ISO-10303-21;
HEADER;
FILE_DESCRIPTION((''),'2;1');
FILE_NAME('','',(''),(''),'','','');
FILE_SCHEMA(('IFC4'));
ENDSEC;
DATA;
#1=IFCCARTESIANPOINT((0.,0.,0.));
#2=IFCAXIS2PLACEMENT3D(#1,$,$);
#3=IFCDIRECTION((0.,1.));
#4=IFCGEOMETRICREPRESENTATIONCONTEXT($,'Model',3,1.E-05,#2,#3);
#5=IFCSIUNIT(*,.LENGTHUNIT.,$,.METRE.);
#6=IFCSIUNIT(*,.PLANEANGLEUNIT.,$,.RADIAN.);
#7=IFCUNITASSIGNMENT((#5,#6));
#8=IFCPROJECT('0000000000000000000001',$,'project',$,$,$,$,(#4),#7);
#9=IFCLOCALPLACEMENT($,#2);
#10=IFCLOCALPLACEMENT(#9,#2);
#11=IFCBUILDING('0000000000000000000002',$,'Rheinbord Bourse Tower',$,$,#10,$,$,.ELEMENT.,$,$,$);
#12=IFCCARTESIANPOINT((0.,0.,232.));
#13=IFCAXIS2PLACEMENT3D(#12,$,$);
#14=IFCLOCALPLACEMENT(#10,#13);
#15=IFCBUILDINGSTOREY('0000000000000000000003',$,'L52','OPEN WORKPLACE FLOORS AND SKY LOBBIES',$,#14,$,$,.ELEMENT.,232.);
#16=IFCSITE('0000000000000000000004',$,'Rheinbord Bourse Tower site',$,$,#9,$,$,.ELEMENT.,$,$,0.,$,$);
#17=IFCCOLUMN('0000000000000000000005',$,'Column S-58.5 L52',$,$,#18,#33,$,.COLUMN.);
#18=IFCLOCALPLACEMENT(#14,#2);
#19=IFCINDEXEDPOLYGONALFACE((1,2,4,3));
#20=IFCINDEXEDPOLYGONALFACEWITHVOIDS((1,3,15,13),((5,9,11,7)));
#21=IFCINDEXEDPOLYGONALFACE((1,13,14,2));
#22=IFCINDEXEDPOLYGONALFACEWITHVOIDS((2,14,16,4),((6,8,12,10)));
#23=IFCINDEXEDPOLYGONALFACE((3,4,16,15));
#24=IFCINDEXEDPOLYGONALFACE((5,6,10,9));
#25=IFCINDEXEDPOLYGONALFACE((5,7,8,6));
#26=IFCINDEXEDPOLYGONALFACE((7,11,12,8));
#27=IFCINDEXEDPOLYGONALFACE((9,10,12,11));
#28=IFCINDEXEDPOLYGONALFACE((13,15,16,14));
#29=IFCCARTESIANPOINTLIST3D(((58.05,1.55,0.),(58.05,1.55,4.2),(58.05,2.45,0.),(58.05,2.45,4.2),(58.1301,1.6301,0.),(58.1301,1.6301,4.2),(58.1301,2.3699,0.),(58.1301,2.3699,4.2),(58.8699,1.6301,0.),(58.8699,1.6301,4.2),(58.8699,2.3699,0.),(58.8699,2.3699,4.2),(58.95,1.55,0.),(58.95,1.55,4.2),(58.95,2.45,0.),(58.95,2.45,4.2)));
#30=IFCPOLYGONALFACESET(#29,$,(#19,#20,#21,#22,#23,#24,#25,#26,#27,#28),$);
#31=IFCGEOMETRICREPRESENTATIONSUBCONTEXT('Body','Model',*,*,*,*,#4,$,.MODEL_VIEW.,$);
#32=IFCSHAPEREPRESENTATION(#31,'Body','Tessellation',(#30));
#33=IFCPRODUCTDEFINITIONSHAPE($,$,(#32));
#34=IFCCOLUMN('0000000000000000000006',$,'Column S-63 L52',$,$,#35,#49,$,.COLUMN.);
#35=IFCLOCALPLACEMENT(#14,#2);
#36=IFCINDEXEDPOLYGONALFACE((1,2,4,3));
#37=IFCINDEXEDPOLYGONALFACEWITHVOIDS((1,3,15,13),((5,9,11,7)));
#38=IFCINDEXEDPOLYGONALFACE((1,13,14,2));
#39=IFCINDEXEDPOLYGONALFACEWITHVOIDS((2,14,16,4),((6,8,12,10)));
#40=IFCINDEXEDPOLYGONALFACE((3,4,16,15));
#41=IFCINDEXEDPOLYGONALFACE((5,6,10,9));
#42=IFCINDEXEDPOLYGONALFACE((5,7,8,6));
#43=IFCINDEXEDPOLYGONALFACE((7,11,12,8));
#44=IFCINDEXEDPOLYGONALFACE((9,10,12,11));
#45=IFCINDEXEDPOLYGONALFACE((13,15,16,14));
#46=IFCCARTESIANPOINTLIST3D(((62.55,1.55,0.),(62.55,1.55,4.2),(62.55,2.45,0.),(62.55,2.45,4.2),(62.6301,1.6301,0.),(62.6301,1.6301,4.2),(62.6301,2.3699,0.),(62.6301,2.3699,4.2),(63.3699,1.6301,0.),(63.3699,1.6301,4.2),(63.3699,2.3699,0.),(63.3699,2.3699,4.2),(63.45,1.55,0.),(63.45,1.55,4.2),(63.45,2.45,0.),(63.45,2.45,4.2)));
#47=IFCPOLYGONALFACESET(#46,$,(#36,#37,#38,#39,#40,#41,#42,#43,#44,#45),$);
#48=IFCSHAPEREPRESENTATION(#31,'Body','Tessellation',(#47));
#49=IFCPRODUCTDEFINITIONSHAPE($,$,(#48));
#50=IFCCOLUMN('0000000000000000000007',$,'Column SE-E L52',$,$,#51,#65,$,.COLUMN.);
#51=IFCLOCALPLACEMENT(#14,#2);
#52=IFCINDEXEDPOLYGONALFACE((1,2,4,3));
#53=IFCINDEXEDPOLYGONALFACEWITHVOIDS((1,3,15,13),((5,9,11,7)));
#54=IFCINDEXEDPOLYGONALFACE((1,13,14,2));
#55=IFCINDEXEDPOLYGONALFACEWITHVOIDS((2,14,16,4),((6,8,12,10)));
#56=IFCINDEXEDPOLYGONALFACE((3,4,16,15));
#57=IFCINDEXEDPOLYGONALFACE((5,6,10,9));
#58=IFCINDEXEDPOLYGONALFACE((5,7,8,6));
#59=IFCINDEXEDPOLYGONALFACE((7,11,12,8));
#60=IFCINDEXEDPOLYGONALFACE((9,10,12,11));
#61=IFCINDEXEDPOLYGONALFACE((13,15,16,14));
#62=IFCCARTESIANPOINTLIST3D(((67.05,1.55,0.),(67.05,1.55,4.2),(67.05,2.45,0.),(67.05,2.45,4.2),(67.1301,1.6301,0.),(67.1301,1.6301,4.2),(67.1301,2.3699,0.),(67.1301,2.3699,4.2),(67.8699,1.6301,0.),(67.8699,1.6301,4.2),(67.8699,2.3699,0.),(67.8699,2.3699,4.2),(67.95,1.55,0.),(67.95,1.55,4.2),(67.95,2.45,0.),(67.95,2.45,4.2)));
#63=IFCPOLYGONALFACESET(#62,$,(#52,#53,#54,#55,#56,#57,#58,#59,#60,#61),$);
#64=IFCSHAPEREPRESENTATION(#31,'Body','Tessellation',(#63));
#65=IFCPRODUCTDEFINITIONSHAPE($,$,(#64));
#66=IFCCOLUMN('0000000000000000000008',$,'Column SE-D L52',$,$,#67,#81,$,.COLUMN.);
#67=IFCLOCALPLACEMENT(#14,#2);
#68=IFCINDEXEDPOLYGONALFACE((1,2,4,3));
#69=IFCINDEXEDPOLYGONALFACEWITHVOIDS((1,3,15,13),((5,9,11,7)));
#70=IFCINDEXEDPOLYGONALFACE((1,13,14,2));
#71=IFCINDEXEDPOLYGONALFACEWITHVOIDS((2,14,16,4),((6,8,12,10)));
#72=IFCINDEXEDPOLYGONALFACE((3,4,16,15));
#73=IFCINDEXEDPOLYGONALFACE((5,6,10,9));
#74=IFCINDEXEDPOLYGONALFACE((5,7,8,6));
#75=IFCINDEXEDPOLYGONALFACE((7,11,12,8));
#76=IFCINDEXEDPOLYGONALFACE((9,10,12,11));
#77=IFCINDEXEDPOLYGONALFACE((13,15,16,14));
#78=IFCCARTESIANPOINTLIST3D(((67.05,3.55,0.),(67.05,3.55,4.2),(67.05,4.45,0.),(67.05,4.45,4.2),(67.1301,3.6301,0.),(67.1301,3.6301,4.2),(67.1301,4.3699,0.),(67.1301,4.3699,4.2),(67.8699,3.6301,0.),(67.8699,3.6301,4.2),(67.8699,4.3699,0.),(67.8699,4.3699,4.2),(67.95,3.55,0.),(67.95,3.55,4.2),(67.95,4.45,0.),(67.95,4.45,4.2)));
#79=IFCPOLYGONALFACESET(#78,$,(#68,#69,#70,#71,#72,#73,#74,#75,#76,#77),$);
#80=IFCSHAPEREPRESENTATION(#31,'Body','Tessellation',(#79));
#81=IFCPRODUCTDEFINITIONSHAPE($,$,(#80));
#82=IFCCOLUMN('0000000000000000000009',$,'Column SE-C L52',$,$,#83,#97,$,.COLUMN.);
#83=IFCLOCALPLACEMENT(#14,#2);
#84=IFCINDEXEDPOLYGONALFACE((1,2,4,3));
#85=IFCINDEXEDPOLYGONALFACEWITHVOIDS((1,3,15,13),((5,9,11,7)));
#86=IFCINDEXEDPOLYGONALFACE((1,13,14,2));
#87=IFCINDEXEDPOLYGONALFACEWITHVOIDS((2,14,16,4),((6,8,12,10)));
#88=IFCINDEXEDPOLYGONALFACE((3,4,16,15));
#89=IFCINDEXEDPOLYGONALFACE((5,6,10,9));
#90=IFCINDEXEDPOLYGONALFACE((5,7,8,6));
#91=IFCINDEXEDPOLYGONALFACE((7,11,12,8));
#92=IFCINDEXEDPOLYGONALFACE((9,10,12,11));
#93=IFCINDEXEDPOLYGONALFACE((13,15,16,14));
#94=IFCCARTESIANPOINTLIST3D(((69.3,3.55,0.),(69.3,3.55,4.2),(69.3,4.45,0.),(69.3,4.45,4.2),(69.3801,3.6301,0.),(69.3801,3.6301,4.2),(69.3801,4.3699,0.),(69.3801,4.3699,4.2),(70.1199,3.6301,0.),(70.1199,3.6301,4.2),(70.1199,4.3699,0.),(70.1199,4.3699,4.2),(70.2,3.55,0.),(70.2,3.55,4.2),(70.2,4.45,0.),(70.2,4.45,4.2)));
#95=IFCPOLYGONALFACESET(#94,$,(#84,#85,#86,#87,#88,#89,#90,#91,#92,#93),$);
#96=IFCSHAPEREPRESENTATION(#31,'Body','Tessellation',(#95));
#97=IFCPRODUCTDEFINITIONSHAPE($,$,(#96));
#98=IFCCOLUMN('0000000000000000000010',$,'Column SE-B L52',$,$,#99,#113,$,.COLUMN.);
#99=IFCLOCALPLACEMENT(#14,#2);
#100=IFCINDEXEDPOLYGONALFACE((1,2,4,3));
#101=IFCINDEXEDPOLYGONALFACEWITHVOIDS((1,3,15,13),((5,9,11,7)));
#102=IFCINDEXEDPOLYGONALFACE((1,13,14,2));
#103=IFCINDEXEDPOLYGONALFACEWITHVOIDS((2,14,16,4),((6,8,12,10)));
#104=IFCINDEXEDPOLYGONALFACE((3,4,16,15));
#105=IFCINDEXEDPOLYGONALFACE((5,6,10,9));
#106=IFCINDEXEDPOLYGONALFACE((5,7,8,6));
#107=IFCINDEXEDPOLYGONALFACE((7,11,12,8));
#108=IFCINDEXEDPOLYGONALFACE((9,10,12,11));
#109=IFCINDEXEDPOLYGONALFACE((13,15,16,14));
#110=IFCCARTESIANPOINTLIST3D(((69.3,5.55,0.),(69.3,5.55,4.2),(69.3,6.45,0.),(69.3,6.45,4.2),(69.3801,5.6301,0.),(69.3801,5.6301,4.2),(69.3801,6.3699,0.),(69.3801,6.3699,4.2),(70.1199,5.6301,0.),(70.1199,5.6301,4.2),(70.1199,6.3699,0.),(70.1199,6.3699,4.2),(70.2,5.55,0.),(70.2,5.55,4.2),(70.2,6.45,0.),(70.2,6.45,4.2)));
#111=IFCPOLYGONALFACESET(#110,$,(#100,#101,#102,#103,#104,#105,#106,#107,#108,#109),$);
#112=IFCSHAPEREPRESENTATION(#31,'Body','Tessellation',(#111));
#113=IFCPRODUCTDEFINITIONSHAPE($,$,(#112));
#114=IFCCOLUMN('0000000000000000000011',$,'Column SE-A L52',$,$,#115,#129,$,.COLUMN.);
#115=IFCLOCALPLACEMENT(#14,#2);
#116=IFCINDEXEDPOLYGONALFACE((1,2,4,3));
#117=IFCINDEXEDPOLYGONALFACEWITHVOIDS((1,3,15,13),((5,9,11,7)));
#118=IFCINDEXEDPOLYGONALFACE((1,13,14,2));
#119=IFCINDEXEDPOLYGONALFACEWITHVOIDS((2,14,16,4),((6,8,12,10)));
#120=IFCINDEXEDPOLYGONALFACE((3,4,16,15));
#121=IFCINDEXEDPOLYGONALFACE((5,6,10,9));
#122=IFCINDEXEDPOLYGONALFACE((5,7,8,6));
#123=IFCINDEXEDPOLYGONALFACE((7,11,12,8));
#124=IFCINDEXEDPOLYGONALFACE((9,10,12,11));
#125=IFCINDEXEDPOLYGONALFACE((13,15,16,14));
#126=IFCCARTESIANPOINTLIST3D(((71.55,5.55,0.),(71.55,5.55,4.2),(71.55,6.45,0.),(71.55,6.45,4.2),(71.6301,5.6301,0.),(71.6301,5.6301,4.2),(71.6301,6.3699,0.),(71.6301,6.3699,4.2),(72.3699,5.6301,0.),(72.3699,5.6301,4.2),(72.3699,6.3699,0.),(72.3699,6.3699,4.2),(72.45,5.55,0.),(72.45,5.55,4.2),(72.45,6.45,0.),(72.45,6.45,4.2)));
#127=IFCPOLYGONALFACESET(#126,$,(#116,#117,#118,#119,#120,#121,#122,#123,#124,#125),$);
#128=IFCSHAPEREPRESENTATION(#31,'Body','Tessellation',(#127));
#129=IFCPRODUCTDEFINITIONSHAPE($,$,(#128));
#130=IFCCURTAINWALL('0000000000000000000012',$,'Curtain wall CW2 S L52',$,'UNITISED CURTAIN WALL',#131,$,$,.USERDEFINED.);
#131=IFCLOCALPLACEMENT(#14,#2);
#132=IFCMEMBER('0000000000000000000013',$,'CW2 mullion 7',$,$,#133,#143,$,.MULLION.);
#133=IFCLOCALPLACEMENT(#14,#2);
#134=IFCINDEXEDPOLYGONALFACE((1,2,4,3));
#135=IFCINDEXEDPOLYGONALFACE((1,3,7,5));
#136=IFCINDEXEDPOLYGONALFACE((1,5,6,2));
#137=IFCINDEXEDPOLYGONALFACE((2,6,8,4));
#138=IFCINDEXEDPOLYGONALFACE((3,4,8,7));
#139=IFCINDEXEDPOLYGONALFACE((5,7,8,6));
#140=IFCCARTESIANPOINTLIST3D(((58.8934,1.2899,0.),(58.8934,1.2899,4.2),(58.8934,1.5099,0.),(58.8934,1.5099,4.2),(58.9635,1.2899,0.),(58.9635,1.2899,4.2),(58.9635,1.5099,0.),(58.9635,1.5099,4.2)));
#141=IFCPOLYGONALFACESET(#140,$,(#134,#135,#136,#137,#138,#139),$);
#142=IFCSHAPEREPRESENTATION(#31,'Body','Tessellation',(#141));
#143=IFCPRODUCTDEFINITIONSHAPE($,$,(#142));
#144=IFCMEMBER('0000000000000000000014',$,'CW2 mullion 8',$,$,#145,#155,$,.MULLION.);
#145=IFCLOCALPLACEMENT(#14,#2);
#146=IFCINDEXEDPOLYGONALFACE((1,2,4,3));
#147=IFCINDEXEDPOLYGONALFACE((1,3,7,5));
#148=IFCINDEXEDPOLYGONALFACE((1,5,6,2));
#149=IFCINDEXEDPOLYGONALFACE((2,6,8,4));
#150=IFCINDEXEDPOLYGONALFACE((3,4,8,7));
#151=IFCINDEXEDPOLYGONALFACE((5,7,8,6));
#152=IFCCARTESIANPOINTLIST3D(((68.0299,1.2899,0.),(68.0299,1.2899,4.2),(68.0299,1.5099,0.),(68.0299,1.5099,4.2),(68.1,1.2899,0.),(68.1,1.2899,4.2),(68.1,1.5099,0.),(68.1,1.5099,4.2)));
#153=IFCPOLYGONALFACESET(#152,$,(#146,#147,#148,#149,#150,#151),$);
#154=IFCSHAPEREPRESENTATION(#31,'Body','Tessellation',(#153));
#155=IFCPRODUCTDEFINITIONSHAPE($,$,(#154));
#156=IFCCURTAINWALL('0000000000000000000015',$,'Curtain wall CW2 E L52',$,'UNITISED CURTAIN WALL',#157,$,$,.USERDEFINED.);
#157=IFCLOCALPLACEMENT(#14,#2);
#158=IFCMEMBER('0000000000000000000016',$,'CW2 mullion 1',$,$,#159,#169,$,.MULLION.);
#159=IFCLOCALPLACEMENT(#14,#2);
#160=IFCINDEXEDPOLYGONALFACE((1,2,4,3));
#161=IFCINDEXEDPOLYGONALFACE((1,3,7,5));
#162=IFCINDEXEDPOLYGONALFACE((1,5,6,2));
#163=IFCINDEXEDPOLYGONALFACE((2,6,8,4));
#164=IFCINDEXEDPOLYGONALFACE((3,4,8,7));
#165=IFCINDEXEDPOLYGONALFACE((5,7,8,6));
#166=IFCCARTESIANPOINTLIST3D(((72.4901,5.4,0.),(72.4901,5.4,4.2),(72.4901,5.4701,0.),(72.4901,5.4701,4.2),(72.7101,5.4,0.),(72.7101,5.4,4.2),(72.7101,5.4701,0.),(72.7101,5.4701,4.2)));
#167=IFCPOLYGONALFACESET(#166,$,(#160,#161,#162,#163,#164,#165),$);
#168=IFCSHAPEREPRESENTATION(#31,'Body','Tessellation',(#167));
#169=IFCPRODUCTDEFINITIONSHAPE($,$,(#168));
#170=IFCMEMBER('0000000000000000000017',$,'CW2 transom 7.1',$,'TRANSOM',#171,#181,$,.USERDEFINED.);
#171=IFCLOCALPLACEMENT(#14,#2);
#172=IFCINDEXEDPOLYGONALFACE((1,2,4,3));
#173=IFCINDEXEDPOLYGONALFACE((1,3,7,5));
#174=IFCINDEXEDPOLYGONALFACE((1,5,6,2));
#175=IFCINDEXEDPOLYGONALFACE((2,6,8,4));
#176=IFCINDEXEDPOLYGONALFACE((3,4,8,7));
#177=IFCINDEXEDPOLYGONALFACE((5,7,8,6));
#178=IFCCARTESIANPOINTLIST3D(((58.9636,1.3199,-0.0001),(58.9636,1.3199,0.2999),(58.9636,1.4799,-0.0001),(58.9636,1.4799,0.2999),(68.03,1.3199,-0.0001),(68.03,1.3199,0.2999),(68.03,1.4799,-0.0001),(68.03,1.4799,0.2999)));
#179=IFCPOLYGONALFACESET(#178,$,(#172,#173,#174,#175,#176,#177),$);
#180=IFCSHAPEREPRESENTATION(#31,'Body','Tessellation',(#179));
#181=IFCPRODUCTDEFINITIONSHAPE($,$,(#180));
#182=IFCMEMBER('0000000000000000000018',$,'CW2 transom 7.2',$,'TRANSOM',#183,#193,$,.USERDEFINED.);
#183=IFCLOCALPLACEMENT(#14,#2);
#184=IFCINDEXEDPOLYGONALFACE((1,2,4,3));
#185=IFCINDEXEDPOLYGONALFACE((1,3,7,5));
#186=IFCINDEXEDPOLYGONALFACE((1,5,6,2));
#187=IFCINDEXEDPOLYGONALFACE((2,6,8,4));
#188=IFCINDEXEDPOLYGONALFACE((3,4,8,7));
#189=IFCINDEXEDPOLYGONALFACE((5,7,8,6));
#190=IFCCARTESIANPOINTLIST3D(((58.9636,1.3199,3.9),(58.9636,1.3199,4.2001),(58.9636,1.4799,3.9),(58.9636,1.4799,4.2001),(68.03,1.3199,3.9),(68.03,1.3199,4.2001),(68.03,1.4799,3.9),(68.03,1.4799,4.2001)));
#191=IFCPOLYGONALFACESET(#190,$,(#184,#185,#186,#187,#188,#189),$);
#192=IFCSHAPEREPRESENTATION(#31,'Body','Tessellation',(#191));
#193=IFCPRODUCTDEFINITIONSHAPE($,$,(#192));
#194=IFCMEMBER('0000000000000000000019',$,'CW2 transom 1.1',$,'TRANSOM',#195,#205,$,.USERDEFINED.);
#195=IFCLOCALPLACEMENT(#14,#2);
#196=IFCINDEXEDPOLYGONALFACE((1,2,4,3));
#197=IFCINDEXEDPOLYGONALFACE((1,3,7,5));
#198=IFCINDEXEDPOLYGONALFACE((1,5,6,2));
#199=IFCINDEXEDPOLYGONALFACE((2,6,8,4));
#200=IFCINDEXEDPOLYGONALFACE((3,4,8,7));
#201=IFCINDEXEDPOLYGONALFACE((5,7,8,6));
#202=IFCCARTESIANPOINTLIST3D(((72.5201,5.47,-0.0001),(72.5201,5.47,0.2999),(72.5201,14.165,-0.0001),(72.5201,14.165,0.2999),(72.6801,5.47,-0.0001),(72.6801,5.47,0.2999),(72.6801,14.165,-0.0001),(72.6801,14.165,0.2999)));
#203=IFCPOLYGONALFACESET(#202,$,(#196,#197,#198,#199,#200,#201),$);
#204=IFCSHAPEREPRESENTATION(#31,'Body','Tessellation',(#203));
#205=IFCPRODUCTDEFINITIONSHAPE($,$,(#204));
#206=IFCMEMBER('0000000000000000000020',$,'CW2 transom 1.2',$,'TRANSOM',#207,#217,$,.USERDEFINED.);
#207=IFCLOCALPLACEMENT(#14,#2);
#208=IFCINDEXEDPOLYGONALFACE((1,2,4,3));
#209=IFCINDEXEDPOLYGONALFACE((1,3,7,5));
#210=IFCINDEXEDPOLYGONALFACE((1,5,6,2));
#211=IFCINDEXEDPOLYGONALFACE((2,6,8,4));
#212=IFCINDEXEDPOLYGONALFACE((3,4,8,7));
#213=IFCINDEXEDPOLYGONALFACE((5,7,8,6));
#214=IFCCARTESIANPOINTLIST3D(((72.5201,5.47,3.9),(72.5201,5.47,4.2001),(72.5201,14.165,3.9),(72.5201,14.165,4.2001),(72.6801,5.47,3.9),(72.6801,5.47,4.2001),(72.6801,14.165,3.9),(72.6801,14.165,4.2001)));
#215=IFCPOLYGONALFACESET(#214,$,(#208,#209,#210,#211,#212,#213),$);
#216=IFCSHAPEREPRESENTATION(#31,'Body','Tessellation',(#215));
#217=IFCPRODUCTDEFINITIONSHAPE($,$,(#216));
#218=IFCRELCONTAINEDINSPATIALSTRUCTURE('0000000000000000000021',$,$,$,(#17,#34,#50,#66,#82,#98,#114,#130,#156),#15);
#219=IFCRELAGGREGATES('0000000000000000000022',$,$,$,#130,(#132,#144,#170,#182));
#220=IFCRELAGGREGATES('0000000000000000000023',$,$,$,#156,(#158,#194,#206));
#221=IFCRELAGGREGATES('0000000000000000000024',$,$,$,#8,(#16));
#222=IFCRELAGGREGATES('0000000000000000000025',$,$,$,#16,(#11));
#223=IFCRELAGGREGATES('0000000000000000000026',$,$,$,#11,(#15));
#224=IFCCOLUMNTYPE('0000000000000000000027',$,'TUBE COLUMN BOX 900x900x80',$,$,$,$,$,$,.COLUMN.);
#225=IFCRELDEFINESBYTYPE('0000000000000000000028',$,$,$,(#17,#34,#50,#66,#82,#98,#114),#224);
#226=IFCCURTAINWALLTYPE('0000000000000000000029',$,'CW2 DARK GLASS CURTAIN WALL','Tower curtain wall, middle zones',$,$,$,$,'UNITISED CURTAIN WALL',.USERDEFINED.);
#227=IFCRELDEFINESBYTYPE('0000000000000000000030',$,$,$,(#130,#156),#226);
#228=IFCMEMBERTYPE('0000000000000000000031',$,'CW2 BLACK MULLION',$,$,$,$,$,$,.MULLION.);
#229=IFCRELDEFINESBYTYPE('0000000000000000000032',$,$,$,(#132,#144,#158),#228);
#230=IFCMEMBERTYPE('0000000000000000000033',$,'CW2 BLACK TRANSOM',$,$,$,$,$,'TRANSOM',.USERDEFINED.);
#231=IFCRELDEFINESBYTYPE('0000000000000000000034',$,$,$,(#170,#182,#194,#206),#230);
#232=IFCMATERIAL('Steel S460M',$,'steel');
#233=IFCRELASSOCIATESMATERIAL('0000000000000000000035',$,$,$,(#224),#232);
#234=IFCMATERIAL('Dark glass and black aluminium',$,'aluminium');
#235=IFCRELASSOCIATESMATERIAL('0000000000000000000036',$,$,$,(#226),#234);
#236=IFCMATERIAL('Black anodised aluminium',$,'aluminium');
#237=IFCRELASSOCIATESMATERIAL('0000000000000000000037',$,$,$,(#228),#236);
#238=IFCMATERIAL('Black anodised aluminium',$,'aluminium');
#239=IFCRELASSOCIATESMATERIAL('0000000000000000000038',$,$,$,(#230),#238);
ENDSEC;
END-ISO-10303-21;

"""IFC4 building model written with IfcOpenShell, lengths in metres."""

from ifc_helpers import new_model, si_unit, direction, frame, origin, origin_2d, place, context, subcontext, project, spatial, rectangle, hollow_rectangle, extrude, material, material_profile, profile_set, type_object, element, aggregate, save


model = new_model("IFC4")

# Units and contexts
model_context = context("Model", 3, precision=1e-05, world=origin(), true_north=direction((0.0, 1.0)))
body_context = subcontext(model_context, "Body", "Model", "MODEL_VIEW")
ifc_project = project(units=[si_unit("LENGTHUNIT", "METRE"), si_unit("PLANEANGLEUNIT", "RADIAN")], contexts=[model_context])

# Site, building, storey
site_placement = place(None, origin())
site = spatial("IfcSite", under=ifc_project, at=site_placement, Name="Rheinbord Bourse Tower site", CompositionType="ELEMENT", RefElevation=0.0)
building_placement = place(site_placement, origin())
building = spatial("IfcBuilding", under=site, at=building_placement, Name="Rheinbord Bourse Tower", CompositionType="ELEMENT")
storey_placement = place(building_placement, frame((0.0, 0.0, 232.0)))
storey = spatial("IfcBuildingStorey", under=building, at=storey_placement, Name="L52", Description="OPEN WORKPLACE FLOORS AND SKY LOBBIES", CompositionType="ELEMENT", Elevation=232.0)

# Columns
ifc_material_1 = material(Name="Steel S460M", Category="steel")
ifc_material_profile_1 = material_profile(ifc_material_1, hollow_rectangle(XDim=0.8999, YDim=0.8999, WallThickness=0.0801, at=origin_2d()), Name="BOX 900x900x80")
ifc_profile_set_1 = profile_set([ifc_material_profile_1], Name="Steel S460M")
column_type = type_object("IfcColumnType", Name="TUBE COLUMN BOX 900x900x80", PredefinedType="COLUMN", material=ifc_profile_set_1)
for number, where, z_axis, x_axis, name in (
    (1, (58.5, 2.0, 0.0), (0.0, 0.0, 1.0), (0.0, 1.0, 0.0), "Column S-58.5 L52"),
    (2, (63.0, 2.0, 0.0), (0.0, 0.0, 1.0), (0.0, 1.0, 0.0), "Column S-63 L52"),
    (3, (67.5, 2.0, 0.0), (0.0, 0.0, 1.0), (0.0, 1.0, 0.0), "Column SE-E L52"),
    (4, (67.5, 4.0, 0.0), (0.0, 0.0, 1.0), (0.0, 1.0, 0.0), "Column SE-D L52"),
    (5, (69.75, 4.0, 0.0), (0.0, 0.0, 1.0), (1.0, 0.0, 0.0), "Column SE-C L52"),
    (6, (69.75, 6.0, 0.0), (0.0, 0.0, 1.0), (1.0, 0.0, 0.0), "Column SE-B L52"),
    (7, (72.0, 6.0, 0.0), (0.0, 0.0, 1.0), (1.0, 0.0, 0.0), "Column SE-A L52"),
):
    element("IfcColumn", number, at=place(storey_placement, frame(where, z_axis=z_axis, x_axis=x_axis)), inside=storey, type_object=column_type, Name=name, PredefinedType="COLUMN", context=body_context, shape_type="SweptSolid", body=[
        extrude(hollow_rectangle(XDim=0.8999, YDim=0.8999, WallThickness=0.0801, at=origin_2d()), origin(), (0.0, 0.0, 1.0), 4.2),
    ])

# Curtain wall, members
ifc_material_2 = material(Name="Dark glass and black aluminium", Category="aluminium")
curtain_wall_type = type_object("IfcCurtainWallType", Name="CW2 DARK GLASS CURTAIN WALL", Description="Tower curtain wall, middle zones", ElementType="UNITISED CURTAIN WALL", PredefinedType="USERDEFINED", material=ifc_material_2)
curtain_wall_1_placement = place(storey_placement, origin())
curtain_wall_1 = element("IfcCurtainWall", 8, at=curtain_wall_1_placement, inside=storey, type_object=curtain_wall_type, Name="Curtain wall CW2 S L52", ObjectType="UNITISED CURTAIN WALL", PredefinedType="USERDEFINED")
ifc_material_3 = material(Name="Black anodised aluminium", Category="aluminium")
ifc_material_profile_2 = material_profile(ifc_material_3, rectangle(XDim=0.22, YDim=0.0701, at=origin_2d()), Name="CW2 MULLION 70x220")
ifc_profile_set_2 = profile_set([ifc_material_profile_2], Name="Black anodised aluminium")
member_type_1 = type_object("IfcMemberType", Name="CW2 BLACK MULLION", PredefinedType="MULLION", material=ifc_profile_set_2)
member_1_placement = place(storey_placement, frame((58.9285, 1.3999, 0.0), z_axis=(0.0, 0.0, 1.0), x_axis=(0.0, 1.0, 0.0)))
member_1 = element("IfcMember", 9, at=member_1_placement, type_object=member_type_1, Name="CW2 mullion 7", PredefinedType="MULLION", context=body_context, shape_type="SweptSolid", body=[
    extrude(rectangle(XDim=0.22, YDim=0.0701, at=origin_2d()), origin(), (0.0, 0.0, 1.0), 4.2),
])
member_2_placement = place(storey_placement, frame((68.0649, 1.3999, 0.0), z_axis=(0.0, 0.0, 1.0), x_axis=(0.0, 1.0, 0.0)))
member_2 = element("IfcMember", 10, at=member_2_placement, type_object=member_type_1, Name="CW2 mullion 8", PredefinedType="MULLION", context=body_context, shape_type="SweptSolid", body=[
    extrude(rectangle(XDim=0.22, YDim=0.0701, at=origin_2d()), origin(), (0.0, 0.0, 1.0), 4.2),
])

# Curtain wall, member
curtain_wall_2_placement = place(storey_placement, origin())
curtain_wall_2 = element("IfcCurtainWall", 11, at=curtain_wall_2_placement, inside=storey, type_object=curtain_wall_type, Name="Curtain wall CW2 E L52", ObjectType="UNITISED CURTAIN WALL", PredefinedType="USERDEFINED")
member_3_placement = place(storey_placement, frame((72.6001, 5.4351, 0.0), z_axis=(0.0, 0.0, 1.0), x_axis=(-1.0, 0.0, 0.0)))
member_3 = element("IfcMember", 12, at=member_3_placement, type_object=member_type_1, Name="CW2 mullion 1", PredefinedType="MULLION", context=body_context, shape_type="SweptSolid", body=[
    extrude(rectangle(XDim=0.22, YDim=0.0701, at=origin_2d()), origin(), (0.0, 0.0, 1.0), 4.2),
])

# Members
ifc_material_4 = material(Name="Black anodised aluminium", Category="aluminium")
ifc_material_profile_3 = material_profile(ifc_material_4, rectangle(XDim=0.1599, YDim=0.3, at=origin_2d()), Name="CW2 TRANSOM 300x160")
ifc_profile_set_3 = profile_set([ifc_material_profile_3], Name="Black anodised aluminium")
member_type_2 = type_object("IfcMemberType", Name="CW2 BLACK TRANSOM", ElementType="TRANSOM", PredefinedType="USERDEFINED", material=ifc_profile_set_3)
member_4_placement = place(storey_placement, frame((58.9636, 1.3999, 0.1499), z_axis=(1.0, 0.0, 0.0), x_axis=(0.0, 1.0, 0.0)))
member_4 = element("IfcMember", 13, at=member_4_placement, type_object=member_type_2, Name="CW2 transom 7.1", ObjectType="TRANSOM", PredefinedType="USERDEFINED", context=body_context, shape_type="SweptSolid", body=[
    extrude(rectangle(XDim=0.1599, YDim=0.3, at=origin_2d()), origin(), (0.0, 0.0, 1.0), 9.0664),
])
member_5_placement = place(storey_placement, frame((58.9636, 1.3999, 4.05), z_axis=(1.0, 0.0, 0.0), x_axis=(0.0, 1.0, 0.0)))
member_5 = element("IfcMember", 14, at=member_5_placement, type_object=member_type_2, Name="CW2 transom 7.2", ObjectType="TRANSOM", PredefinedType="USERDEFINED", context=body_context, shape_type="SweptSolid", body=[
    extrude(rectangle(XDim=0.1599, YDim=0.3, at=origin_2d()), origin(), (0.0, 0.0, 1.0), 9.0664),
])
member_6_placement = place(storey_placement, frame((72.6001, 5.47, 0.1499), z_axis=(0.0, 1.0, 0.0), x_axis=(-1.0, 0.0, 0.0)))
member_6 = element("IfcMember", 15, at=member_6_placement, type_object=member_type_2, Name="CW2 transom 1.1", ObjectType="TRANSOM", PredefinedType="USERDEFINED", context=body_context, shape_type="SweptSolid", body=[
    extrude(rectangle(XDim=0.1599, YDim=0.3, at=origin_2d()), origin(), (0.0, 0.0, 1.0), 8.6951),
])
member_7_placement = place(storey_placement, frame((72.6001, 5.47, 4.05), z_axis=(0.0, 1.0, 0.0), x_axis=(-1.0, 0.0, 0.0)))
member_7 = element("IfcMember", 16, at=member_7_placement, type_object=member_type_2, Name="CW2 transom 1.2", ObjectType="TRANSOM", PredefinedType="USERDEFINED", context=body_context, shape_type="SweptSolid", body=[
    extrude(rectangle(XDim=0.1599, YDim=0.3, at=origin_2d()), origin(), (0.0, 0.0, 1.0), 8.6951),
])

aggregate(curtain_wall_1, [member_1, member_2, member_4, member_5])
aggregate(curtain_wall_2, [member_3, member_6, member_7])

save(model, "model.ifc")
